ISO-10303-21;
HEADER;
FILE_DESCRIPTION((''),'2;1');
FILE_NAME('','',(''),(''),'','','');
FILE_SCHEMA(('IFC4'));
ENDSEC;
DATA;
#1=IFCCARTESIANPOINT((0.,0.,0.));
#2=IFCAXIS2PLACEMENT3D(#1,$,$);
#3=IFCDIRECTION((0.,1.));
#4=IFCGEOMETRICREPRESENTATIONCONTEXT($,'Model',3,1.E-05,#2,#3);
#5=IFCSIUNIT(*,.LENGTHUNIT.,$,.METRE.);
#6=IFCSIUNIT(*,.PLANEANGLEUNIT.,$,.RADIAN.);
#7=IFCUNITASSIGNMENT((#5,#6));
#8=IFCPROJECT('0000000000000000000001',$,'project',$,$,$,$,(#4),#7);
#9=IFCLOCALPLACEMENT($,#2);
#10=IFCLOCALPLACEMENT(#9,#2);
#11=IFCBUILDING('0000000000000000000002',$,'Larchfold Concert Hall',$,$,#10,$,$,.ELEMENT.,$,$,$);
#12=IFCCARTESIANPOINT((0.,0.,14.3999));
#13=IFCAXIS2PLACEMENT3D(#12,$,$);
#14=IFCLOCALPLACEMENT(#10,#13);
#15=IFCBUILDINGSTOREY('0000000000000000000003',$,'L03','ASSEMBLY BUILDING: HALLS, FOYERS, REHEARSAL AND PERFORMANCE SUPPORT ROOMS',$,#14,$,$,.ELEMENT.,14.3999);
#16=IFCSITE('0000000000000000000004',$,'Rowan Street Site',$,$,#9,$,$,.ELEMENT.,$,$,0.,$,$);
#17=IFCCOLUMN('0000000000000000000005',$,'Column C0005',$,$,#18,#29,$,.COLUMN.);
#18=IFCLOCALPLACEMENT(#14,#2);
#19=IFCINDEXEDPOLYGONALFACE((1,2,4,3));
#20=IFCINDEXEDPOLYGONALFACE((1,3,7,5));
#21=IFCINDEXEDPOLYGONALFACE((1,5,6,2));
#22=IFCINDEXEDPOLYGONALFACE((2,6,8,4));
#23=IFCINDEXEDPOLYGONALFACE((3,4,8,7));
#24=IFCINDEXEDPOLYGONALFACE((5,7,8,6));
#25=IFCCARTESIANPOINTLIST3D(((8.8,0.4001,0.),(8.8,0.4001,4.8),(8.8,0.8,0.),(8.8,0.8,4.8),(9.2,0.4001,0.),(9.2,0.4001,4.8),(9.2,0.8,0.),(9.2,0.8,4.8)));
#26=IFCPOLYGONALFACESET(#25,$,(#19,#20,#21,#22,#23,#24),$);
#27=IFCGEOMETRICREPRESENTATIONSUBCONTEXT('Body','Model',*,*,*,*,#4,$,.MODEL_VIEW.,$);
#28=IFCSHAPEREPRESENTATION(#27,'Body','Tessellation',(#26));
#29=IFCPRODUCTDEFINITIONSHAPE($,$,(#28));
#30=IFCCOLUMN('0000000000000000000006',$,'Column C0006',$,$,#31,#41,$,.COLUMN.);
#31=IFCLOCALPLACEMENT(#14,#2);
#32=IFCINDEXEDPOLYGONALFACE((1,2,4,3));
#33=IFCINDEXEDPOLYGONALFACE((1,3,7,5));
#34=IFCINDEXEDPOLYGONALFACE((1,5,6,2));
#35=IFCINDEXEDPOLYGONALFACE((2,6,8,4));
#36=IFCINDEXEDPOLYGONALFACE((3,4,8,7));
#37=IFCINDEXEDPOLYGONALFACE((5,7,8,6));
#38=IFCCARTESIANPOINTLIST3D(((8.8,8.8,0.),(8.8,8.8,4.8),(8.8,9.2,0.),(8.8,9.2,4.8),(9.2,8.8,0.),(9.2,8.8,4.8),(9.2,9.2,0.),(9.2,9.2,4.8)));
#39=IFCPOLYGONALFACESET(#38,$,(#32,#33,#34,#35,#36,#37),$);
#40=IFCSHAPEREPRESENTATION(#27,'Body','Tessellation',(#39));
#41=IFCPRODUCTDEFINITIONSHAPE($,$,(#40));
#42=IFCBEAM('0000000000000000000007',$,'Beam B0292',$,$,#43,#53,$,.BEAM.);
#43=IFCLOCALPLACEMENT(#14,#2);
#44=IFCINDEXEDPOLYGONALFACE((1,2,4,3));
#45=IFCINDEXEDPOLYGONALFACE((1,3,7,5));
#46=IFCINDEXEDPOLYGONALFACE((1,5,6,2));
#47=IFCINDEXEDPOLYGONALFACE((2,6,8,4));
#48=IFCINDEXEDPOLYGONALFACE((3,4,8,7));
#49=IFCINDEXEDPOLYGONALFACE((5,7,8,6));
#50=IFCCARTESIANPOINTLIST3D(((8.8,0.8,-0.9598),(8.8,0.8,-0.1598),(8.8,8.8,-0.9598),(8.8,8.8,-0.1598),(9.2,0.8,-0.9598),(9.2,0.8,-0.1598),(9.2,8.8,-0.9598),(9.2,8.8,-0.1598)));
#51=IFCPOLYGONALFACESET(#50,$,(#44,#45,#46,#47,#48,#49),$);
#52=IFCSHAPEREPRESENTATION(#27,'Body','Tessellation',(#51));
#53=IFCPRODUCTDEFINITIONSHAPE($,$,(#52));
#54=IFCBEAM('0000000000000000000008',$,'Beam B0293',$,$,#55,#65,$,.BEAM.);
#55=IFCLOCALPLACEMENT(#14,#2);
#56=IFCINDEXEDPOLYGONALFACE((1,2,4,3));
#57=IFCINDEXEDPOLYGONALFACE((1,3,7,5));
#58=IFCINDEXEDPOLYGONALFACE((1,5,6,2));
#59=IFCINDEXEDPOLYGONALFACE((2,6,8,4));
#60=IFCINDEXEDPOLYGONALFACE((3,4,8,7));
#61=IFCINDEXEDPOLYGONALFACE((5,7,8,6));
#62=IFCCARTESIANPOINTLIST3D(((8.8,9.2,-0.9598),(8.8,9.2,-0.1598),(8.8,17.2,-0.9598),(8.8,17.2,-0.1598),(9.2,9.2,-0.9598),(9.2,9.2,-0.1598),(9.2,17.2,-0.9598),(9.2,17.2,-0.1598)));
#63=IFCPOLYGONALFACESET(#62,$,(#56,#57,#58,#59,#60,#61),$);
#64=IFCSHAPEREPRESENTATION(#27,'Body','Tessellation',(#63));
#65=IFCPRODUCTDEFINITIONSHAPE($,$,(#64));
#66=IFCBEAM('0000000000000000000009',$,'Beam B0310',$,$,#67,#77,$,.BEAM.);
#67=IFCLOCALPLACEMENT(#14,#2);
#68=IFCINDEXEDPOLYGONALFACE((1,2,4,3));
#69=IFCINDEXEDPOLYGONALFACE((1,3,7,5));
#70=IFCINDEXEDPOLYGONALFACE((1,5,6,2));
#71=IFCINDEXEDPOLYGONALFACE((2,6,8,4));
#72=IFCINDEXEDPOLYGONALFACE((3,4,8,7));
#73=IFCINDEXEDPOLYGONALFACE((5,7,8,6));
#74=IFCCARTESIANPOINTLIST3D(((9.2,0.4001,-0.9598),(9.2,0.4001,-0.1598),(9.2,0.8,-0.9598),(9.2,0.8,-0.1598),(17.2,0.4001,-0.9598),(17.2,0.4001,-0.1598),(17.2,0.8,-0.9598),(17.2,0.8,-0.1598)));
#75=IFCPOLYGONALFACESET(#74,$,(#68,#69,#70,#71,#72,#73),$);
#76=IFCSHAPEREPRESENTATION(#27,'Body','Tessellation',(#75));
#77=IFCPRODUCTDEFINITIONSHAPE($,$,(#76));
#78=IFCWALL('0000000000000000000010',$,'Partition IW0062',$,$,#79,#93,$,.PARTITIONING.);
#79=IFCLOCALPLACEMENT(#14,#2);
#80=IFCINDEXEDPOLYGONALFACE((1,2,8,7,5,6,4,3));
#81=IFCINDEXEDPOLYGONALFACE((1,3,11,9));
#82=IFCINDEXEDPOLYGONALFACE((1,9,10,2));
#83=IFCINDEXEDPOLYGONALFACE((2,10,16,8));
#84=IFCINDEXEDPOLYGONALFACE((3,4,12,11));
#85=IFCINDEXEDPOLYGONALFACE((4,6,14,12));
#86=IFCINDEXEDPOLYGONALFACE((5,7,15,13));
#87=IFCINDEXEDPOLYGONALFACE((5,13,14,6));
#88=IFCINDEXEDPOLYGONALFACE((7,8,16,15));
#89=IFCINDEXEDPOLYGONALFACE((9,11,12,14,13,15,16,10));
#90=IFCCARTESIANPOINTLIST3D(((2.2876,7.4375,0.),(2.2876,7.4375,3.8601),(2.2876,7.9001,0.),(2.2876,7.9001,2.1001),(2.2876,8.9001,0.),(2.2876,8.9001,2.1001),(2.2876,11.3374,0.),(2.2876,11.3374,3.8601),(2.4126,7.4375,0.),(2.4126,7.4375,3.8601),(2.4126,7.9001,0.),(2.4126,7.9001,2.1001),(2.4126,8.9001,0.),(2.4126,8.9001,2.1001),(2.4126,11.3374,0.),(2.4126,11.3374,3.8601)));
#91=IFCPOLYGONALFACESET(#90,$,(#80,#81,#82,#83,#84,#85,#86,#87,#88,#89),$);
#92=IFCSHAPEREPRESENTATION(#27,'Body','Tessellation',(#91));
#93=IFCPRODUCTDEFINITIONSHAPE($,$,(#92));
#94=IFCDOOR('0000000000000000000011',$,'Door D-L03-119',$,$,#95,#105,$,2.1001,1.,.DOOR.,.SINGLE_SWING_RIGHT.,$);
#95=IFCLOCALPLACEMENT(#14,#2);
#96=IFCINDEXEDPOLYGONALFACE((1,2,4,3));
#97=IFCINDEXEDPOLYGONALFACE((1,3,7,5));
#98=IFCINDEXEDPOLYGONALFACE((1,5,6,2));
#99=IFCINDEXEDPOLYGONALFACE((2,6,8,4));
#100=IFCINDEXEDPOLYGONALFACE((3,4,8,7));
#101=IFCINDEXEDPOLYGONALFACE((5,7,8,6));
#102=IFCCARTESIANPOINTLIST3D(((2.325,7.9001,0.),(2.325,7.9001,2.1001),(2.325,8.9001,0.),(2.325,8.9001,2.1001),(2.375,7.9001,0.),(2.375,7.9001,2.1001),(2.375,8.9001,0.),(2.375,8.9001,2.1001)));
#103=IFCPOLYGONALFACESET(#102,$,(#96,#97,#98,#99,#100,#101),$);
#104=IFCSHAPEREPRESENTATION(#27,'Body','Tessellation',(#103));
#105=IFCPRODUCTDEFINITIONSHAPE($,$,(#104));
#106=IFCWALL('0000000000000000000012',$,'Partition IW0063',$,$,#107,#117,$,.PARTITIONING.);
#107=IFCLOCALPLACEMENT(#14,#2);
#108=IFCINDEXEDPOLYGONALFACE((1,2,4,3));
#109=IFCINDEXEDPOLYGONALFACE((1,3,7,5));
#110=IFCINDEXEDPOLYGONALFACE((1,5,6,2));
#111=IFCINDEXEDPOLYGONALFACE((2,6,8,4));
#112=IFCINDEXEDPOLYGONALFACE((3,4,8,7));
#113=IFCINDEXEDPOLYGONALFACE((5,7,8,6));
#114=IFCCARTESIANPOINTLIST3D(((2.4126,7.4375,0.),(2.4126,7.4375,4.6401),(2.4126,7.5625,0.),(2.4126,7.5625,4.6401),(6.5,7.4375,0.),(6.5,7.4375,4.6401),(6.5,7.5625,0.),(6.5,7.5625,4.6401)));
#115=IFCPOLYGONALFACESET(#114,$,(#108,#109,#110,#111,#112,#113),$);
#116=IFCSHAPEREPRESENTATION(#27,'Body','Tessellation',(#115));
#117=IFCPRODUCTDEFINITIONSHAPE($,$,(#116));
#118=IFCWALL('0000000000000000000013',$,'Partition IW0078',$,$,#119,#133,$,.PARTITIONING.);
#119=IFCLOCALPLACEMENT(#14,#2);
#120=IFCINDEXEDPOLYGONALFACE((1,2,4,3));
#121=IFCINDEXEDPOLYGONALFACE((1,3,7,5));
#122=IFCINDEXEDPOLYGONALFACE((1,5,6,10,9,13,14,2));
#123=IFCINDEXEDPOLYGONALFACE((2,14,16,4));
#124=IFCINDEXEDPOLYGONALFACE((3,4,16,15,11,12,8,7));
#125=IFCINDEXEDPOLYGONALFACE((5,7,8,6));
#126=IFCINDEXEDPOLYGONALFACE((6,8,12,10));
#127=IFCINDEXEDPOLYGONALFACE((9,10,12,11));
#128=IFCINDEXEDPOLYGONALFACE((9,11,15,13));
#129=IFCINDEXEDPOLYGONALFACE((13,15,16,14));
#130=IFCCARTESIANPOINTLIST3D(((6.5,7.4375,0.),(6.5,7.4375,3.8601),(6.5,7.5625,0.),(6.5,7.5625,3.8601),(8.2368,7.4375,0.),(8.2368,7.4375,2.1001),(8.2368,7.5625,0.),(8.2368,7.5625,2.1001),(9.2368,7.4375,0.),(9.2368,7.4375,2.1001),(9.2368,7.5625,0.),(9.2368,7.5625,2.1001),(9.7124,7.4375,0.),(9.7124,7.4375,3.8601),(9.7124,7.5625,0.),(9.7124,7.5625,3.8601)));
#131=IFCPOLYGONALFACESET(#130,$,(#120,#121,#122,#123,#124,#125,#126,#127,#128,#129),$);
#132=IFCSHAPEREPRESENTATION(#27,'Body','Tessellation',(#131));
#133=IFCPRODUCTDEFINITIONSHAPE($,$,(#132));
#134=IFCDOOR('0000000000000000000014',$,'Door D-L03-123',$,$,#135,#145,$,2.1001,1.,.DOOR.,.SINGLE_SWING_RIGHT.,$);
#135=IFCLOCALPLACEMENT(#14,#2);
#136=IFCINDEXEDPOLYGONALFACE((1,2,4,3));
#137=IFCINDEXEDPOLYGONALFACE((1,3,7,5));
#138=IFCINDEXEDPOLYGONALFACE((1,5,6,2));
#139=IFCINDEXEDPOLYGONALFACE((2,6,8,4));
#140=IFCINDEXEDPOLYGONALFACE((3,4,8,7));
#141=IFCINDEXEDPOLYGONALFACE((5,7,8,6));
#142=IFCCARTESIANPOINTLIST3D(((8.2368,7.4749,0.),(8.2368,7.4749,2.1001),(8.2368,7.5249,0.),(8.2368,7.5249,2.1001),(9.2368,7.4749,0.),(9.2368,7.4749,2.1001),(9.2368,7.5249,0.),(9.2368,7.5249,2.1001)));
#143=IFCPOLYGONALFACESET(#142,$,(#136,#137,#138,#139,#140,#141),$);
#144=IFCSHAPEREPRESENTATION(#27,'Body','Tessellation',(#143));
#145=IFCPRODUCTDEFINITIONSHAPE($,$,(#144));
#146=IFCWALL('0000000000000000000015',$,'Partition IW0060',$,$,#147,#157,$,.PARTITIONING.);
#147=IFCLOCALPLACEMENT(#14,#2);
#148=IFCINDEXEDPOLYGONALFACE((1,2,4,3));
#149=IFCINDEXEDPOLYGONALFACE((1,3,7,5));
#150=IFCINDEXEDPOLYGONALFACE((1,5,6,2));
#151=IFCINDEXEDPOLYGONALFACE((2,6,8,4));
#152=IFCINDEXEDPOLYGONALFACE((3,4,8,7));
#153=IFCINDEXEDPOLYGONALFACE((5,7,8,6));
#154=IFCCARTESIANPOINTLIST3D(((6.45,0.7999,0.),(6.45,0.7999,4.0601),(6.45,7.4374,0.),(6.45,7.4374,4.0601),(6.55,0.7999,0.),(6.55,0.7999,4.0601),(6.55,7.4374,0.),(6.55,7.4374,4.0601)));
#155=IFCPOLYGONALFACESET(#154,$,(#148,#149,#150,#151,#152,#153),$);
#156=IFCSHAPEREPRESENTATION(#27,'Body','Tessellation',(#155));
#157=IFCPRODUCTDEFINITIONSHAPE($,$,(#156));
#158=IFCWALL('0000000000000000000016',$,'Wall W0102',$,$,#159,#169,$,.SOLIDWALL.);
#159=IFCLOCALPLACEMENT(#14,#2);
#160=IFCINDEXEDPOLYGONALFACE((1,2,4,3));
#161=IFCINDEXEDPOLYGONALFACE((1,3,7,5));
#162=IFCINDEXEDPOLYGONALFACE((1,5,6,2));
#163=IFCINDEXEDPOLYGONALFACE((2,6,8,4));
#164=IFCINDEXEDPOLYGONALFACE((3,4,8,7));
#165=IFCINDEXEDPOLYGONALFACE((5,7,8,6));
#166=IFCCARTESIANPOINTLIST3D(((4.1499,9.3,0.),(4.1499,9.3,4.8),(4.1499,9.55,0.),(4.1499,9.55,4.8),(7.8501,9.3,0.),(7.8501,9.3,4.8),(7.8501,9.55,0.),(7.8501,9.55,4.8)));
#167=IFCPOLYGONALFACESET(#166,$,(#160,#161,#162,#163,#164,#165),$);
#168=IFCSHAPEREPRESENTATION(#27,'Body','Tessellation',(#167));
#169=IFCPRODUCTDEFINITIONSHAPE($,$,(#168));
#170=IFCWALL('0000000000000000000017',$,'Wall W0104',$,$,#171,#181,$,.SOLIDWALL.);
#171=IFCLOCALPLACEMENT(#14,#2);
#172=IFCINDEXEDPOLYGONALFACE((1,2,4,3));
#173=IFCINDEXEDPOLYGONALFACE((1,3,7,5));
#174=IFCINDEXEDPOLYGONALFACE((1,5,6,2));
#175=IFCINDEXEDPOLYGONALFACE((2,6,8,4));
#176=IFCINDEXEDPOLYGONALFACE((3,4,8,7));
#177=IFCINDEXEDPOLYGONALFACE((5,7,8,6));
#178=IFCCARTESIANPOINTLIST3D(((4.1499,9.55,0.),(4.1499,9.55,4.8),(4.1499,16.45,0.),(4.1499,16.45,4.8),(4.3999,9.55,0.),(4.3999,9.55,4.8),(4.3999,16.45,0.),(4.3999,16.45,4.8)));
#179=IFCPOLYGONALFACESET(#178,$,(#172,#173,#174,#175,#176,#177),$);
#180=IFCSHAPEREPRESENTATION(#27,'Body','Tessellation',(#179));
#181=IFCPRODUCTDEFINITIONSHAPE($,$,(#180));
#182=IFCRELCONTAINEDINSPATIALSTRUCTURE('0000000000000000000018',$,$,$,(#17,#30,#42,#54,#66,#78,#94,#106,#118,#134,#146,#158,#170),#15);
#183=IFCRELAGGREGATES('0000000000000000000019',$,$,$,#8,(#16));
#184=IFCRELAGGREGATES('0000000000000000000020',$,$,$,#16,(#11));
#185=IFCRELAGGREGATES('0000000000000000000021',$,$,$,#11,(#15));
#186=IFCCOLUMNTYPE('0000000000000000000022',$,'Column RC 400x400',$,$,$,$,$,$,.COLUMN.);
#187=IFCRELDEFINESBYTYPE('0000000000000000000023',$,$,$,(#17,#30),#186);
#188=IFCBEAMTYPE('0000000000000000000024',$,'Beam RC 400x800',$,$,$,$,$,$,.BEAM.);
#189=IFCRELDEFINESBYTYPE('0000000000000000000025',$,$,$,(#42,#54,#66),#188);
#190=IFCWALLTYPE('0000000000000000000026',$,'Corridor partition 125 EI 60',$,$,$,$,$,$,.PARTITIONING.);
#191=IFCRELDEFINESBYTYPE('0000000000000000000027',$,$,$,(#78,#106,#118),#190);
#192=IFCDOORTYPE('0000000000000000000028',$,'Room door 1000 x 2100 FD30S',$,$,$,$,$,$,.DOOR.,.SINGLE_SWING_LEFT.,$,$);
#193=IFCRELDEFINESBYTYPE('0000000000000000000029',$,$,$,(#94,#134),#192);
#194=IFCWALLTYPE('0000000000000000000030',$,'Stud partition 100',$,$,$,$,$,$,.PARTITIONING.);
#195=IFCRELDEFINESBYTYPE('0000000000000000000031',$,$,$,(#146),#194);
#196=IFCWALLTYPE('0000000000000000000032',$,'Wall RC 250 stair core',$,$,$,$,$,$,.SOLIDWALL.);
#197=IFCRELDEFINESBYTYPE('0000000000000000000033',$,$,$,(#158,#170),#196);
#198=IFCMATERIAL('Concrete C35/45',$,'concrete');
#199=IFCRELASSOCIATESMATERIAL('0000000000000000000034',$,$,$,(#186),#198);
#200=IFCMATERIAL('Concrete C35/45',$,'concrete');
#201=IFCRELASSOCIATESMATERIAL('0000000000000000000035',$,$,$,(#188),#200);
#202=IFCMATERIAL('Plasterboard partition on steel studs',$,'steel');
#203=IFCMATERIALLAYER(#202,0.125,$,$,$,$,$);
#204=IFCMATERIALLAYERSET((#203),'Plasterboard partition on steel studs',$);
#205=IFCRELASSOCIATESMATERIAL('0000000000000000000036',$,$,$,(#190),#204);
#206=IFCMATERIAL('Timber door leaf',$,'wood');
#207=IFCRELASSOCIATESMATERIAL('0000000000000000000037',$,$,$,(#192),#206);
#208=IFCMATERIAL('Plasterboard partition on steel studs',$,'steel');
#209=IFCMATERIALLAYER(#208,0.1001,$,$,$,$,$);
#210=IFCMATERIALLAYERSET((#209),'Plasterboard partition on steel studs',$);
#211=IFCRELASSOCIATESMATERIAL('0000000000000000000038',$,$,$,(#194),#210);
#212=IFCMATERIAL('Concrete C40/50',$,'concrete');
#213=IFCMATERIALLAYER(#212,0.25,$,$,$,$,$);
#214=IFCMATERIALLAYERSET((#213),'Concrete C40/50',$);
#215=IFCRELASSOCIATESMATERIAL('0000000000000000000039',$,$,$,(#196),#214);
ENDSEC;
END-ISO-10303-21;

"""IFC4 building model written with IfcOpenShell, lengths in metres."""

from ifc_helpers import new_model, si_unit, direction, frame, frame_2d, origin, origin_2d, place, context, subcontext, project, spatial, rectangle, extrude, material, layer, layer_set, material_profile, profile_set, type_object, element, fill, save


model = new_model("IFC4")

# Units and contexts
model_context = context("Model", 3, precision=1e-05, world=origin(), true_north=direction((0.0, 1.0)))
body_context = subcontext(model_context, "Body", "Model", "MODEL_VIEW")
ifc_project = project(units=[si_unit("LENGTHUNIT", "METRE"), si_unit("PLANEANGLEUNIT", "RADIAN")], contexts=[model_context])

# Site, building, storey
site_placement = place(None, origin())
site = spatial("IfcSite", under=ifc_project, at=site_placement, Name="Rowan Street Site", CompositionType="ELEMENT", RefElevation=0.0)
building_placement = place(site_placement, origin())
building = spatial("IfcBuilding", under=site, at=building_placement, Name="Larchfold Concert Hall", CompositionType="ELEMENT")
storey_placement = place(building_placement, frame((0.0, 0.0, 14.3999)))
storey = spatial("IfcBuildingStorey", under=building, at=storey_placement, Name="L03", Description="ASSEMBLY BUILDING: HALLS, FOYERS, REHEARSAL AND PERFORMANCE SUPPORT ROOMS", CompositionType="ELEMENT", Elevation=14.3999)

# Columns
ifc_material_1 = material(Name="Concrete C35/45", Category="concrete")
ifc_material_profile_1 = material_profile(ifc_material_1, rectangle(XDim=0.3999, YDim=0.3999, at=origin_2d()))
ifc_profile_set_1 = profile_set([ifc_material_profile_1], Name="Concrete C35/45")
column_type = type_object("IfcColumnType", Name="Column RC 400x400", PredefinedType="COLUMN", material=ifc_profile_set_1)
for number, where, z_axis, x_axis, name in (
    (1, (9.0, 0.6001, 0.0), (0.0, 0.0, 1.0), (1.0, 0.0, 0.0), "Column C0005"),
    (2, (9.0, 9.0, 0.0), (0.0, 0.0, 1.0), (1.0, 0.0, 0.0), "Column C0006"),
):
    element("IfcColumn", number, at=place(storey_placement, frame(where, z_axis=z_axis, x_axis=x_axis)), inside=storey, type_object=column_type, Name=name, PredefinedType="COLUMN", context=body_context, shape_type="SweptSolid", body=[
        extrude(rectangle(XDim=0.3999, YDim=0.3999, at=origin_2d()), origin(), (0.0, 0.0, 1.0), 4.8),
    ])

# Beams
ifc_material_2 = material(Name="Concrete C35/45", Category="concrete")
ifc_material_profile_2 = material_profile(ifc_material_2, rectangle(XDim=0.3999, YDim=0.8, at=origin_2d()))
ifc_profile_set_2 = profile_set([ifc_material_profile_2], Name="Concrete C35/45")
beam_type = type_object("IfcBeamType", Name="Beam RC 400x800", PredefinedType="BEAM", material=ifc_profile_set_2)
for number, where, z_axis, x_axis, name in (
    (3, (9.0, 0.8, -0.5598), (0.0, 1.0, 0.0), (-1.0, 0.0, 0.0), "Beam B0292"),
    (4, (9.0, 9.2, -0.5598), (0.0, 1.0, 0.0), (-1.0, 0.0, 0.0), "Beam B0293"),
    (5, (9.2, 0.6001, -0.5598), (1.0, 0.0, 0.0), (0.0, 1.0, 0.0), "Beam B0310"),
):
    element("IfcBeam", number, at=place(storey_placement, frame(where, z_axis=z_axis, x_axis=x_axis)), inside=storey, type_object=beam_type, Name=name, PredefinedType="BEAM", context=body_context, shape_type="SweptSolid", body=[
        extrude(rectangle(XDim=0.3999, YDim=0.8, at=origin_2d()), origin(), (0.0, 0.0, 1.0), 8.0),
    ])

# Wall, opening, door
ifc_material_3 = material(Name="Plasterboard partition on steel studs", Category="steel")
ifc_layer_1 = layer(ifc_material_3, 0.125)
ifc_layer_set_1 = layer_set([ifc_layer_1], Name="Plasterboard partition on steel studs")
wall_type_1 = type_object("IfcWallType", Name="Corridor partition 125 EI 60", PredefinedType="PARTITIONING", material=ifc_layer_set_1)
wall_1_placement = place(storey_placement, frame((2.3501, 11.3374, 0.0), z_axis=(0.0, 0.0, 1.0), x_axis=(0.0, -1.0, 0.0)))
wall_1 = element("IfcWall", 6, at=wall_1_placement, inside=storey, type_object=wall_type_1, Name="Partition IW0062", PredefinedType="PARTITIONING", context=body_context, shape_type="SweptSolid", body=[
    extrude(rectangle(XDim=3.8999, YDim=0.125, at=frame_2d((1.95, 0.0))), origin(), (0.0, 0.0, 1.0), 3.8601),
])
opening_1_placement = place(wall_1_placement, frame((2.4373, 0.0, 0.0)))
opening_1 = element("IfcOpeningElement", 7, at=opening_1_placement, cuts=wall_1, PredefinedType="OPENING", context=body_context, shape_type="SweptSolid", body=[
    extrude(rectangle(XDim=1.0, YDim=2.1001, at=frame_2d((0.5, 1.05))), frame((0.0, 0.0725, 0.0), z_axis=(0.0, -1.0, 0.0), x_axis=(1.0, 0.0, 0.0)), (0.0, 0.0, 1.0), 0.145),
])
ifc_material_4 = material(Name="Timber door leaf", Category="wood")
door_type_1 = type_object("IfcDoorType", Name="Room door 1000 x 2100 FD30S", OperationType="SINGLE_SWING_LEFT", PredefinedType="DOOR", material=ifc_material_4)
door_1_placement = place(opening_1_placement, origin())
door_1 = element("IfcDoor", 8, at=door_1_placement, inside=storey, type_object=door_type_1, Name="Door D-L03-119", OperationType="SINGLE_SWING_RIGHT", OverallHeight=2.1001, OverallWidth=1.0, PredefinedType="DOOR", context=body_context, shape_type="SweptSolid", body=[
    extrude(rectangle(XDim=1.0, YDim=2.1001, at=frame_2d((0.5, 1.05))), frame((0.0, 0.0249, 0.0), z_axis=(0.0, -1.0, 0.0), x_axis=(1.0, 0.0, 0.0)), (0.0, 0.0, 1.0), 0.05),
])
fill(opening_1, door_1)

# Wall
wall_2_placement = place(storey_placement, frame((2.4126, 7.5, 0.0), z_axis=(0.0, 0.0, 1.0), x_axis=(1.0, 0.0, 0.0)))
element("IfcWall", 9, at=wall_2_placement, inside=storey, type_object=wall_type_1, Name="Partition IW0063", PredefinedType="PARTITIONING", context=body_context, shape_type="SweptSolid", body=[
    extrude(rectangle(XDim=4.0874, YDim=0.125, at=frame_2d((2.0437, 0.0))), origin(), (0.0, 0.0, 1.0), 4.6401),
])

# Wall, opening, door
wall_3_placement = place(storey_placement, frame((6.5, 7.5, 0.0), z_axis=(0.0, 0.0, 1.0), x_axis=(1.0, 0.0, 0.0)))
wall_3 = element("IfcWall", 10, at=wall_3_placement, inside=storey, type_object=wall_type_1, Name="Partition IW0078", PredefinedType="PARTITIONING", context=body_context, shape_type="SweptSolid", body=[
    extrude(rectangle(XDim=3.2124, YDim=0.125, at=frame_2d((1.6062, 0.0))), origin(), (0.0, 0.0, 1.0), 3.8601),
])
opening_2_placement = place(wall_3_placement, frame((1.7368, 0.0, 0.0)))
opening_2 = element("IfcOpeningElement", 11, at=opening_2_placement, cuts=wall_3, PredefinedType="OPENING", context=body_context, shape_type="SweptSolid", body=[
    extrude(rectangle(XDim=1.0, YDim=2.1001, at=frame_2d((0.5, 1.05))), frame((0.0, 0.0725, 0.0), z_axis=(0.0, -1.0, 0.0), x_axis=(1.0, 0.0, 0.0)), (0.0, 0.0, 1.0), 0.145),
])
door_2_placement = place(opening_2_placement, origin())
door_2 = element("IfcDoor", 12, at=door_2_placement, inside=storey, type_object=door_type_1, Name="Door D-L03-123", OperationType="SINGLE_SWING_RIGHT", OverallHeight=2.1001, OverallWidth=1.0, PredefinedType="DOOR", context=body_context, shape_type="SweptSolid", body=[
    extrude(rectangle(XDim=1.0, YDim=2.1001, at=frame_2d((0.5, 1.05))), frame((0.0, 0.0249, 0.0), z_axis=(0.0, -1.0, 0.0), x_axis=(1.0, 0.0, 0.0)), (0.0, 0.0, 1.0), 0.05),
])
fill(opening_2, door_2)

# Walls
ifc_material_5 = material(Name="Plasterboard partition on steel studs", Category="steel")
ifc_layer_2 = layer(ifc_material_5, 0.1001)
ifc_layer_set_2 = layer_set([ifc_layer_2], Name="Plasterboard partition on steel studs")
wall_type_2 = type_object("IfcWallType", Name="Stud partition 100", PredefinedType="PARTITIONING", material=ifc_layer_set_2)
wall_4_placement = place(storey_placement, frame((6.5, 7.4375, 0.0), z_axis=(0.0, 0.0, 1.0), x_axis=(0.0, -1.0, 0.0)))
element("IfcWall", 13, at=wall_4_placement, inside=storey, type_object=wall_type_2, Name="Partition IW0060", PredefinedType="PARTITIONING", context=body_context, shape_type="SweptSolid", body=[
    extrude(rectangle(XDim=6.6375, YDim=0.1001, at=frame_2d((3.3188, 0.0))), origin(), (0.0, 0.0, 1.0), 4.0601),
])
ifc_material_6 = material(Name="Concrete C40/50", Category="concrete")
ifc_layer_3 = layer(ifc_material_6, 0.25)
ifc_layer_set_3 = layer_set([ifc_layer_3], Name="Concrete C40/50")
wall_type_3 = type_object("IfcWallType", Name="Wall RC 250 stair core", PredefinedType="SOLIDWALL", material=ifc_layer_set_3)
wall_5_placement = place(storey_placement, frame((4.1499, 9.425, 0.0), z_axis=(0.0, 0.0, 1.0), x_axis=(1.0, 0.0, 0.0)))
element("IfcWall", 14, at=wall_5_placement, inside=storey, type_object=wall_type_3, Name="Wall W0102", PredefinedType="SOLIDWALL", context=body_context, shape_type="SweptSolid", body=[
    extrude(rectangle(XDim=3.7002, YDim=0.25, at=frame_2d((1.8501, 0.0))), origin(), (0.0, 0.0, 1.0), 4.8),
])
wall_6_placement = place(storey_placement, frame((4.2749, 9.55, 0.0), z_axis=(0.0, 0.0, 1.0), x_axis=(0.0, 1.0, 0.0)))
element("IfcWall", 15, at=wall_6_placement, inside=storey, type_object=wall_type_3, Name="Wall W0104", PredefinedType="SOLIDWALL", context=body_context, shape_type="SweptSolid", body=[
    extrude(rectangle(XDim=6.8999, YDim=0.25, at=frame_2d((3.45, 0.0))), origin(), (0.0, 0.0, 1.0), 4.8),
])

save(model, "model.ifc")
